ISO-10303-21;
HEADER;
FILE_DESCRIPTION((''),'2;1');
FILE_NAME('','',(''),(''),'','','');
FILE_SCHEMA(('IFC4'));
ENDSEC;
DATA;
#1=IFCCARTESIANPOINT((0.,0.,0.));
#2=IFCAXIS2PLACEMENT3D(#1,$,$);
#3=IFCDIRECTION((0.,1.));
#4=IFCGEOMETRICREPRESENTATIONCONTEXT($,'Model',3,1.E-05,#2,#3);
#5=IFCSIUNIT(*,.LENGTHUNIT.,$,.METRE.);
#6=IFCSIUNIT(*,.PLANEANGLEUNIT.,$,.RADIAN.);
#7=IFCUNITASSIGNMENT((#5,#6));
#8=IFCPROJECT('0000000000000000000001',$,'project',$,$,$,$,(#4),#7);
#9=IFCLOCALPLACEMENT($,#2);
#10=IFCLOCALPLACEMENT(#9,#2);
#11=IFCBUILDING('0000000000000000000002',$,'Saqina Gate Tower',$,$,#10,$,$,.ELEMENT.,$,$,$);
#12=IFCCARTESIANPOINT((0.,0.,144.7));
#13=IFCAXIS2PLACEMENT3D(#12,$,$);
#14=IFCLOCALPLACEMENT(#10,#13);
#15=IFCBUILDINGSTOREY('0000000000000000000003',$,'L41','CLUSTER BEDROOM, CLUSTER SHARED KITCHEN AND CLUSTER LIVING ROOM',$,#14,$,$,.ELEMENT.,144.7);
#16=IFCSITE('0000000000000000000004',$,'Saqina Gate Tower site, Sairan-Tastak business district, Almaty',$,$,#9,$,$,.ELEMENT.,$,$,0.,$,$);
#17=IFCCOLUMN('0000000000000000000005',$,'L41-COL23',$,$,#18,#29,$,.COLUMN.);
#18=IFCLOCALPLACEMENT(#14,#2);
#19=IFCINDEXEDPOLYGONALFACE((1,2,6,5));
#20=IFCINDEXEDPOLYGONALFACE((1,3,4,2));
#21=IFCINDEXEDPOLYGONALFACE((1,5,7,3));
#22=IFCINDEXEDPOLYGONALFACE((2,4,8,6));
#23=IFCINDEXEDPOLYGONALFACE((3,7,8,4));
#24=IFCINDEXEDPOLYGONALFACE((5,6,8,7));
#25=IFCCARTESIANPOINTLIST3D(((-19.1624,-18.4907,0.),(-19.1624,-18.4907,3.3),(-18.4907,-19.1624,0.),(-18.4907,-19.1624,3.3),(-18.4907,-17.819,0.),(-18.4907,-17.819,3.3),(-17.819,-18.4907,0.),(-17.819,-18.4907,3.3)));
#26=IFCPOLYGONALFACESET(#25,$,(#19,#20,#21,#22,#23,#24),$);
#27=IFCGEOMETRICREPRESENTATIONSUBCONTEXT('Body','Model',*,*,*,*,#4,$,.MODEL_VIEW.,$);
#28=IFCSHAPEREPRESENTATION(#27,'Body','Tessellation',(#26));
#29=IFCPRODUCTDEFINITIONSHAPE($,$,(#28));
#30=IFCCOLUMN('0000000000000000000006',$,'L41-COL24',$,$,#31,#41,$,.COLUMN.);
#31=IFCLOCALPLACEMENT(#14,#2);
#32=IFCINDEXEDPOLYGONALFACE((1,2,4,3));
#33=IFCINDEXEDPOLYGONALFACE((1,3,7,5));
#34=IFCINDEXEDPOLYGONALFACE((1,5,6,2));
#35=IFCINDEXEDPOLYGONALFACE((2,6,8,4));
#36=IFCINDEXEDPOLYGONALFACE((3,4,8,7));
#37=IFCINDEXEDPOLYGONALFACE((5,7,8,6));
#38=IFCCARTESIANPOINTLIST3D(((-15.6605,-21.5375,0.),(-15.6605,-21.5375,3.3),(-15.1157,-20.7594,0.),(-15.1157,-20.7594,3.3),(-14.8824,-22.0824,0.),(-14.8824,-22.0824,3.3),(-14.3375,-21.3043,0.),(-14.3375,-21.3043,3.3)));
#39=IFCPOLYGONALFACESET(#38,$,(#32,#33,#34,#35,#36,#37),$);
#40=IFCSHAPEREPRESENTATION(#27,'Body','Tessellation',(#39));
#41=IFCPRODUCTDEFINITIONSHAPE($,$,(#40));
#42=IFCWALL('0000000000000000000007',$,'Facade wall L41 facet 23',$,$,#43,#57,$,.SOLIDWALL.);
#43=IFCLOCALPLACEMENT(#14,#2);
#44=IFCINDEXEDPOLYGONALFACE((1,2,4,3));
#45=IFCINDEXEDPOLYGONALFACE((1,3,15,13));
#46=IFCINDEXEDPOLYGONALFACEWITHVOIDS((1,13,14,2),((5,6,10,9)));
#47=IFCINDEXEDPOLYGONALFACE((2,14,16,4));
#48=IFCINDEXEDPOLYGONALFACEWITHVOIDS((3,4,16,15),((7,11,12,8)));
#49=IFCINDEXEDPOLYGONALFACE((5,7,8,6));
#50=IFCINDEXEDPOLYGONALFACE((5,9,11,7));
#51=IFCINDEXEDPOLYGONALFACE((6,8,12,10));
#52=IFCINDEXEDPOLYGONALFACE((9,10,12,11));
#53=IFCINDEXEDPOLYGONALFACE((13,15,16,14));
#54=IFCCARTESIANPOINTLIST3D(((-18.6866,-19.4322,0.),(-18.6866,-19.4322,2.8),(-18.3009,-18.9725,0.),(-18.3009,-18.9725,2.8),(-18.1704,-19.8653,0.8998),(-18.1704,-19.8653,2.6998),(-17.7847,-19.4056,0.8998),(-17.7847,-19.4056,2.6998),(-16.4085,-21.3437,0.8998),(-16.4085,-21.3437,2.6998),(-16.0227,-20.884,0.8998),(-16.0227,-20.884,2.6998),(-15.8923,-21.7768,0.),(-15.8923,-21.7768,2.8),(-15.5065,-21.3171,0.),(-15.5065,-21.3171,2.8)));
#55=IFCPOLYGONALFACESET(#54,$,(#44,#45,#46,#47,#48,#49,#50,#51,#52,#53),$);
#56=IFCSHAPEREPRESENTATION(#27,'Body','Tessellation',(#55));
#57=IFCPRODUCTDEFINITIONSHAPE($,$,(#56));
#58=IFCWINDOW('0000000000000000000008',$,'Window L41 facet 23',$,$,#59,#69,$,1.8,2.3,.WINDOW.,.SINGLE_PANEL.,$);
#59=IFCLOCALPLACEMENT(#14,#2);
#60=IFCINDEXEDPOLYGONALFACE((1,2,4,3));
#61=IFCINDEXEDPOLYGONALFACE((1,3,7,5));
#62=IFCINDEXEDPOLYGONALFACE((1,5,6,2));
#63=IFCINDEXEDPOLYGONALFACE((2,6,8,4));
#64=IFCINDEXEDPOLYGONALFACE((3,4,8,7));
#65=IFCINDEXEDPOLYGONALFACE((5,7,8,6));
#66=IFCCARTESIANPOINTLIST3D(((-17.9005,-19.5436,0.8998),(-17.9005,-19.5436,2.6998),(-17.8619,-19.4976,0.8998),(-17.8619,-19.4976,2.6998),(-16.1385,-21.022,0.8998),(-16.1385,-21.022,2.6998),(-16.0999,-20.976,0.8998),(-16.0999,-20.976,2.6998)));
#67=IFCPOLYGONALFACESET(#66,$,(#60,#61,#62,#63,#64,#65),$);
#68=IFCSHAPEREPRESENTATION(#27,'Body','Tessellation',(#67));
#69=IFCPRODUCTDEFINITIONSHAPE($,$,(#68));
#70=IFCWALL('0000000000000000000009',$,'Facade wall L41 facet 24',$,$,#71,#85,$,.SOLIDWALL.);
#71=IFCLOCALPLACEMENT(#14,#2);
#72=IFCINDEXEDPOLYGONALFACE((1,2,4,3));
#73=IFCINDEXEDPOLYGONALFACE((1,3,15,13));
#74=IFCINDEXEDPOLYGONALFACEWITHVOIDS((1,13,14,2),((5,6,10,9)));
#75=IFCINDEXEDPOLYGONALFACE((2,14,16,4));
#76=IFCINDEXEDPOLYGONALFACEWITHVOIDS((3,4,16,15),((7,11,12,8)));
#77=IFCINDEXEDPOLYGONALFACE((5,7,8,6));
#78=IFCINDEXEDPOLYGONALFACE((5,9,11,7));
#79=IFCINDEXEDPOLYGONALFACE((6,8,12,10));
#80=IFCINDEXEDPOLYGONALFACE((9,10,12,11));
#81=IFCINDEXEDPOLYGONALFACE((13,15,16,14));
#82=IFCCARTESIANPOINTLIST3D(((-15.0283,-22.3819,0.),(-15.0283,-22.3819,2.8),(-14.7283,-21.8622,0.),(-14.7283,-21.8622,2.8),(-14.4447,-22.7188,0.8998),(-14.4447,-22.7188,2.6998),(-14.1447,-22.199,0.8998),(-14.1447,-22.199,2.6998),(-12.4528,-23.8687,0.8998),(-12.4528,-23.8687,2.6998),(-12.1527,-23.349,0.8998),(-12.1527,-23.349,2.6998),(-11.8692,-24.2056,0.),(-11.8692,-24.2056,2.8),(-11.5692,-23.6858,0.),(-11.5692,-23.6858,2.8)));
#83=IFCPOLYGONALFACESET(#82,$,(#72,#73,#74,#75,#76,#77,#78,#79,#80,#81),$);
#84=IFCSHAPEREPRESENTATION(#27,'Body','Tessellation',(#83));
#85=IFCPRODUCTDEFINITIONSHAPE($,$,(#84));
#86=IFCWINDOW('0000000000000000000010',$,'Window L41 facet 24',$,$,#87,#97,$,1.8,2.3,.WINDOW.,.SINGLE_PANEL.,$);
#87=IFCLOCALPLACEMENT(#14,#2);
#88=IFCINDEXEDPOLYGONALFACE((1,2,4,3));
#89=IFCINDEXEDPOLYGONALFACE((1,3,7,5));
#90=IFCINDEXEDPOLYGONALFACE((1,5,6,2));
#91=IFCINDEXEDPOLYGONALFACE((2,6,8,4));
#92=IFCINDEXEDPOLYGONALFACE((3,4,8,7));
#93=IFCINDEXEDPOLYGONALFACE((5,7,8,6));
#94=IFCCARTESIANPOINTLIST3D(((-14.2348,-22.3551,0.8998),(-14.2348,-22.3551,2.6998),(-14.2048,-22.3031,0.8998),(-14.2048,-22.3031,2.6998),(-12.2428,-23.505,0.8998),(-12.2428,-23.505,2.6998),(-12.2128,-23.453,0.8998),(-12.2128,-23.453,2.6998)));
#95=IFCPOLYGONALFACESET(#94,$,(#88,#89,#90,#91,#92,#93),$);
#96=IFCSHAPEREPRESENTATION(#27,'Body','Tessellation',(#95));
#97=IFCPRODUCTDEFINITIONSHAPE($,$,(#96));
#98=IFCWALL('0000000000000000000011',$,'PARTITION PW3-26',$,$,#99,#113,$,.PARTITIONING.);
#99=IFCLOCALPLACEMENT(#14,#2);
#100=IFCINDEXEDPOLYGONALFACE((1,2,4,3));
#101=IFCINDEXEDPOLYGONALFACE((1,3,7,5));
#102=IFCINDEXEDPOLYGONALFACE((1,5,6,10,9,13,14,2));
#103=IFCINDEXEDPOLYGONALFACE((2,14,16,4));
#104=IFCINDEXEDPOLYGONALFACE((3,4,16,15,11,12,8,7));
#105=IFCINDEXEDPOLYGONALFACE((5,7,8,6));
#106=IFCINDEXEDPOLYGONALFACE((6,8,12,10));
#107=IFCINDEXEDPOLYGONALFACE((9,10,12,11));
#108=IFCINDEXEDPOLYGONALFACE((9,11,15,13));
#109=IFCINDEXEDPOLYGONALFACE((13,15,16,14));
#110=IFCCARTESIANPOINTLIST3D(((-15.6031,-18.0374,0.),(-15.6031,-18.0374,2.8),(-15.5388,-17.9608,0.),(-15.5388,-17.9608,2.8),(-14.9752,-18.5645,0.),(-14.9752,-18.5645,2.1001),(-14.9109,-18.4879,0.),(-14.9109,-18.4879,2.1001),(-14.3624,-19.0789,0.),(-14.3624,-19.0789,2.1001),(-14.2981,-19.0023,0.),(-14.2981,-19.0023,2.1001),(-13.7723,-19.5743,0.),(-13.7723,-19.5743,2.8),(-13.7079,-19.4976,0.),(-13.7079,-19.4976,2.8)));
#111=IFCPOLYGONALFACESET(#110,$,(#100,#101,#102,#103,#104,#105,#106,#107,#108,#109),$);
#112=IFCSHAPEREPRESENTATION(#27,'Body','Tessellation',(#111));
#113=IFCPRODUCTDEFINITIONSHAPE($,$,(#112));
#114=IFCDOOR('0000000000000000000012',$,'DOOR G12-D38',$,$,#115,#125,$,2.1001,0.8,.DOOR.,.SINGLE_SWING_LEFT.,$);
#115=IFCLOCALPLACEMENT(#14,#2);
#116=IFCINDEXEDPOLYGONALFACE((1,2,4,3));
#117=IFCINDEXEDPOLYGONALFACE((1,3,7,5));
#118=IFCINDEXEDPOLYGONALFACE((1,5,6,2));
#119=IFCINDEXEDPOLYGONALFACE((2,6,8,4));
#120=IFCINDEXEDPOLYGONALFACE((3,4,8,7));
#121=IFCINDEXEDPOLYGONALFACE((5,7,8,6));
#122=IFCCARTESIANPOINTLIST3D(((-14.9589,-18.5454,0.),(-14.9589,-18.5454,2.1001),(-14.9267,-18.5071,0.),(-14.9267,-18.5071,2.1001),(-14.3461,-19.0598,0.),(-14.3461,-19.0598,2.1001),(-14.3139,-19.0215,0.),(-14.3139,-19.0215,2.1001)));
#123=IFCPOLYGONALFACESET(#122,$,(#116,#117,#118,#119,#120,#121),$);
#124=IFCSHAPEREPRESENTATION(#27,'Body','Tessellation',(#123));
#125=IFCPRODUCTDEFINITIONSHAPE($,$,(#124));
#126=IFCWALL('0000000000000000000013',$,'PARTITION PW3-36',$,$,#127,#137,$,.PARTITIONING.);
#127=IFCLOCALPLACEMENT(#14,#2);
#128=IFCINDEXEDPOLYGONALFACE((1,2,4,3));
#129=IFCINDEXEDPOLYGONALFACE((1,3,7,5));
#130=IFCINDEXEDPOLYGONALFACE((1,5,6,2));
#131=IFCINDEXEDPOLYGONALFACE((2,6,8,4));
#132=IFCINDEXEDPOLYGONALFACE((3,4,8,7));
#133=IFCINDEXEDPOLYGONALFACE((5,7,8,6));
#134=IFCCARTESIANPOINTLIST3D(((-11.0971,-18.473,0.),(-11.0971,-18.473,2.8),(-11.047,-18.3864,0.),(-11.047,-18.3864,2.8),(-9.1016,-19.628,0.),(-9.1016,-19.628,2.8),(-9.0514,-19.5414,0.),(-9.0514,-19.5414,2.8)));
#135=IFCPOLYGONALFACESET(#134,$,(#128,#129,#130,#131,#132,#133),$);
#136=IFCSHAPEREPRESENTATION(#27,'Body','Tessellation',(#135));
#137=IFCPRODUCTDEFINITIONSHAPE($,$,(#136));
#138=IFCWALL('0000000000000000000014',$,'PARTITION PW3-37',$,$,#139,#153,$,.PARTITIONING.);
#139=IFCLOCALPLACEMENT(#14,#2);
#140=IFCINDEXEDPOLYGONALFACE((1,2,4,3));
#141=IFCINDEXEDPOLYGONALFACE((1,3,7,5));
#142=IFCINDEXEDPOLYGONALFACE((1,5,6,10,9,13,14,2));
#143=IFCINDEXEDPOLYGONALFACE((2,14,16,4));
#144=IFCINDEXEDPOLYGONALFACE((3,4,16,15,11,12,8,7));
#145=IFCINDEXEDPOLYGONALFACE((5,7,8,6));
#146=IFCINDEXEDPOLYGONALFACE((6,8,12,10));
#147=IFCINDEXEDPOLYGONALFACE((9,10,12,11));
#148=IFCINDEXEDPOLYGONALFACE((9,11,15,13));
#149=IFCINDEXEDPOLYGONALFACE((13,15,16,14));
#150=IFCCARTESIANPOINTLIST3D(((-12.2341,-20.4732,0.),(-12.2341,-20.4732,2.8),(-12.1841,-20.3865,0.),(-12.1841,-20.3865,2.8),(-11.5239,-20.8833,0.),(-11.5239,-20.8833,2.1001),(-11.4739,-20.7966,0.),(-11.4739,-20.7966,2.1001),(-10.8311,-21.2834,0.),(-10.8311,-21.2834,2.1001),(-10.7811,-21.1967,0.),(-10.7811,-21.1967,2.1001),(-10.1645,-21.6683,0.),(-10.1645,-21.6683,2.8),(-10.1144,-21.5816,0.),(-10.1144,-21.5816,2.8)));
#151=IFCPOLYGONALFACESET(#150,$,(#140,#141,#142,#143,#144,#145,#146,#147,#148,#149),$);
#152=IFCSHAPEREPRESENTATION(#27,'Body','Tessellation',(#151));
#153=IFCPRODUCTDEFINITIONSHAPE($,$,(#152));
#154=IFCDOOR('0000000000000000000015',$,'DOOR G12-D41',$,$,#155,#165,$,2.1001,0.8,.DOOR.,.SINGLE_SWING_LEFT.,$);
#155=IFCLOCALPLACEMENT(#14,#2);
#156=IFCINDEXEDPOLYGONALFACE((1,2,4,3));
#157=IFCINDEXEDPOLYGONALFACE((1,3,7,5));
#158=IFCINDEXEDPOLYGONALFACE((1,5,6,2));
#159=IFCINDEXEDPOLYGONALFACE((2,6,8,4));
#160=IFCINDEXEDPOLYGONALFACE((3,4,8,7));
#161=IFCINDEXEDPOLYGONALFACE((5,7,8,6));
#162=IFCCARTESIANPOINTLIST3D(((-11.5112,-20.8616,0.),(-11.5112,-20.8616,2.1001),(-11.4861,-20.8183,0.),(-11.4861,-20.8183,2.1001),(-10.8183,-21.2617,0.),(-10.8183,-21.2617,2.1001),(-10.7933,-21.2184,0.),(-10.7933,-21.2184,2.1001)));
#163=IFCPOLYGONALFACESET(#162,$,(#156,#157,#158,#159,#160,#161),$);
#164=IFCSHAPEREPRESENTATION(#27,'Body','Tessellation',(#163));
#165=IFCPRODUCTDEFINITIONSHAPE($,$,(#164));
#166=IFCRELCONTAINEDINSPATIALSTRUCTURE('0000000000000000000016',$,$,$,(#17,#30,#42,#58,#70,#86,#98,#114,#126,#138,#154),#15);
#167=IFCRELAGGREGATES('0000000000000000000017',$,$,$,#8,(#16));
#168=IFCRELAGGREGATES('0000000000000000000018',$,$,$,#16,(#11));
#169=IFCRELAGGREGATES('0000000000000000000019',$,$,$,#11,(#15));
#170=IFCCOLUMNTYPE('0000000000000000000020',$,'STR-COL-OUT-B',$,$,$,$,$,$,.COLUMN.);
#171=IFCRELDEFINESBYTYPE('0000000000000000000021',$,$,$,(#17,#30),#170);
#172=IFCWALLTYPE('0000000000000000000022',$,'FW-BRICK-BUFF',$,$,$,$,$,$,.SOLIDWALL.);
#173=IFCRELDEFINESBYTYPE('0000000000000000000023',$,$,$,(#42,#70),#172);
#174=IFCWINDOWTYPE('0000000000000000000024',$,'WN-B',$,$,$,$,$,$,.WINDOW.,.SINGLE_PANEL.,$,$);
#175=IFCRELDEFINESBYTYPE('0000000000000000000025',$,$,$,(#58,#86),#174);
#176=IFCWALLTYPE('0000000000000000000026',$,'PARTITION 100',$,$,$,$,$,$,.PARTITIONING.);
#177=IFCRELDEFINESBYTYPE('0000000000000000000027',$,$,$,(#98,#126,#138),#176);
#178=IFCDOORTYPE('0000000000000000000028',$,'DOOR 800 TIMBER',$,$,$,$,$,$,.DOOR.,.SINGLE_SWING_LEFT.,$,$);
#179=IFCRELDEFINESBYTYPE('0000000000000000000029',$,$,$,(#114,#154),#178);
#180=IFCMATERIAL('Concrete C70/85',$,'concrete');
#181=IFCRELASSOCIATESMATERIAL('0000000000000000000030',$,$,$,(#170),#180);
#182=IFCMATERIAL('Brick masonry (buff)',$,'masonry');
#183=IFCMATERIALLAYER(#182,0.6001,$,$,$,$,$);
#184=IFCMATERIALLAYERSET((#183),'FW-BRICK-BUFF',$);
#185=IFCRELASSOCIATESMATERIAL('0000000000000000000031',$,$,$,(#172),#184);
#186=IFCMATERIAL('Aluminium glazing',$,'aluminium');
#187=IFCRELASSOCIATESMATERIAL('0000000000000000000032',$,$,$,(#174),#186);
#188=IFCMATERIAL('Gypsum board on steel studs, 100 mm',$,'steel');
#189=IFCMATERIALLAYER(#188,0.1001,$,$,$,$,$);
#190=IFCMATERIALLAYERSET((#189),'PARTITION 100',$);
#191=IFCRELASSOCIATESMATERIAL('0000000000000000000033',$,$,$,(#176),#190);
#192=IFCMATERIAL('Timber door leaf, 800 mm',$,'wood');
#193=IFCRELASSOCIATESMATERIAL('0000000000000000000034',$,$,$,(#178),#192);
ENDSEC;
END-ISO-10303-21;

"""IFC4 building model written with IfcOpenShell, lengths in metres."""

from ifc_helpers import new_model, si_unit, direction, frame, frame_2d, origin, origin_2d, place, context, subcontext, project, spatial, rectangle, extrude, material, layer, layer_set, material_profile, profile_set, type_object, element, fill, save


model = new_model("IFC4")

# Units and contexts
model_context = context("Model", 3, precision=1e-05, world=origin(), true_north=direction((0.0, 1.0)))
body_context = subcontext(model_context, "Body", "Model", "MODEL_VIEW")
ifc_project = project(units=[si_unit("LENGTHUNIT", "METRE"), si_unit("PLANEANGLEUNIT", "RADIAN")], contexts=[model_context])

# Site, building, storey
site_placement = place(None, origin())
site = spatial("IfcSite", under=ifc_project, at=site_placement, Name="Saqina Gate Tower site, Sairan-Tastak business district, Almaty", CompositionType="ELEMENT", RefElevation=0.0)
building_placement = place(site_placement, origin())
building = spatial("IfcBuilding", under=site, at=building_placement, Name="Saqina Gate Tower", CompositionType="ELEMENT")
storey_placement = place(building_placement, frame((0.0, 0.0, 144.7)))
storey = spatial("IfcBuildingStorey", under=building, at=storey_placement, Name="L41", Description="CLUSTER BEDROOM, CLUSTER SHARED KITCHEN AND CLUSTER LIVING ROOM", CompositionType="ELEMENT", Elevation=144.7)

# Columns
ifc_material_1 = material(Name="Concrete C70/85", Category="concrete")
ifc_material_profile = material_profile(ifc_material_1, rectangle(XDim=0.95, YDim=0.95, at=origin_2d()), Name="RC 950x950")
ifc_profile_set = profile_set([ifc_material_profile], Name="Concrete C70/85")
column_type = type_object("IfcColumnType", Name="STR-COL-OUT-B", PredefinedType="COLUMN", material=ifc_profile_set)
for number, where, z_axis, x_axis, name in (
    (1, (-18.4907, -18.4907, 0.0), (0.0, 0.0, 1.0), (-0.707107, -0.707107, 0.0), "L41-COL23"),
    (2, (-14.999, -21.4209, 0.0), (0.0, 0.0, 1.0), (-0.573576, -0.819152, 0.0), "L41-COL24"),
):
    element("IfcColumn", number, at=place(storey_placement, frame(where, z_axis=z_axis, x_axis=x_axis)), inside=storey, type_object=column_type, Name=name, PredefinedType="COLUMN", context=body_context, shape_type="SweptSolid", body=[
        extrude(rectangle(XDim=0.95, YDim=0.95, at=origin_2d()), origin(), (0.0, 0.0, 1.0), 3.3),
    ])

# Walls, openings, windows
ifc_material_2 = material(Name="Brick masonry (buff)", Category="masonry")
ifc_layer_1 = layer(ifc_material_2, 0.6001)
ifc_layer_set_1 = layer_set([ifc_layer_1], Name="FW-BRICK-BUFF")
wall_type_1 = type_object("IfcWallType", Name="FW-BRICK-BUFF", PredefinedType="SOLIDWALL", material=ifc_layer_set_1)
wall_1_placement = place(storey_placement, frame((-18.4937, -19.2024, 0.0), z_axis=(0.0, 0.0, 1.0), x_axis=(0.766055, -0.642774, 0.0)))
wall_1 = element("IfcWall", 3, at=wall_1_placement, inside=storey, type_object=wall_type_1, Name="Facade wall L41 facet 23", PredefinedType="SOLIDWALL", context=body_context, shape_type="SweptSolid", body=[
    extrude(rectangle(XDim=3.6477, YDim=0.6001, at=frame_2d((1.8237, 0.0))), origin(), (0.0, 0.0, 1.0), 2.8),
])
opening_1_placement = place(wall_1_placement, frame((0.6738, 0.0, 0.8999)))
opening_1 = element("IfcOpeningElement", 4, at=opening_1_placement, cuts=wall_1, PredefinedType="OPENING", context=body_context, shape_type="SweptSolid", body=[
    extrude(rectangle(XDim=2.3, YDim=1.8, at=frame_2d((1.1499, 0.8999))), frame((0.0, 0.312, 0.0), z_axis=(0.0, -1.0, 0.0), x_axis=(1.0, 0.0, 0.0)), (0.0, 0.0, 1.0), 0.624),
])
ifc_material_3 = material(Name="Aluminium glazing", Category="aluminium")
window_type = type_object("IfcWindowType", Name="WN-B", PartitioningType="SINGLE_PANEL", PredefinedType="WINDOW", material=ifc_material_3)
window_1_placement = place(opening_1_placement, origin())
window_1 = element("IfcWindow", 5, at=window_1_placement, inside=storey, type_object=window_type, Name="Window L41 facet 23", OverallHeight=1.8, OverallWidth=2.3, PartitioningType="SINGLE_PANEL", PredefinedType="WINDOW", context=body_context, shape_type="SweptSolid", body=[
    extrude(rectangle(XDim=2.3, YDim=1.8, at=frame_2d((1.1499, 0.8999))), frame((0.0, 0.1799, 0.0), z_axis=(0.0, -1.0, 0.0), x_axis=(1.0, 0.0, 0.0)), (0.0, 0.0, 1.0), 0.0601),
])
fill(opening_1, window_1)
wall_2_placement = place(storey_placement, frame((-14.8782, -22.1221, 0.0), z_axis=(0.0, 0.0, 1.0), x_axis=(0.866052, -0.499954, 0.0)))
wall_2 = element("IfcWall", 6, at=wall_2_placement, inside=storey, type_object=wall_type_1, Name="Facade wall L41 facet 24", PredefinedType="SOLIDWALL", context=body_context, shape_type="SweptSolid", body=[
    extrude(rectangle(XDim=3.6477, YDim=0.6001, at=frame_2d((1.8237, 0.0))), origin(), (0.0, 0.0, 1.0), 2.8),
])
opening_2_placement = place(wall_2_placement, frame((0.6738, 0.0, 0.8999)))
opening_2 = element("IfcOpeningElement", 7, at=opening_2_placement, cuts=wall_2, PredefinedType="OPENING", context=body_context, shape_type="SweptSolid", body=[
    extrude(rectangle(XDim=2.3, YDim=1.8, at=frame_2d((1.1499, 0.8999))), frame((0.0, 0.312, 0.0), z_axis=(0.0, -1.0, 0.0), x_axis=(1.0, 0.0, 0.0)), (0.0, 0.0, 1.0), 0.624),
])
window_2_placement = place(opening_2_placement, origin())
window_2 = element("IfcWindow", 8, at=window_2_placement, inside=storey, type_object=window_type, Name="Window L41 facet 24", OverallHeight=1.8, OverallWidth=2.3, PartitioningType="SINGLE_PANEL", PredefinedType="WINDOW", context=body_context, shape_type="SweptSolid", body=[
    extrude(rectangle(XDim=2.3, YDim=1.8, at=frame_2d((1.1499, 0.8999))), frame((0.0, 0.1799, 0.0), z_axis=(0.0, -1.0, 0.0), x_axis=(1.0, 0.0, 0.0)), (0.0, 0.0, 1.0), 0.0601),
])
fill(opening_2, window_2)

# Wall, opening, door
ifc_material_4 = material(Name="Gypsum board on steel studs, 100 mm", Category="steel")
ifc_layer_2 = layer(ifc_material_4, 0.1001)
ifc_layer_set_2 = layer_set([ifc_layer_2], Name="PARTITION 100")
wall_type_2 = type_object("IfcWallType", Name="PARTITION 100", PredefinedType="PARTITIONING", material=ifc_layer_set_2)
wall_3_placement = place(storey_placement, frame((-15.571, -17.999, 0.0), z_axis=(0.0, 0.0, 1.0), x_axis=(0.765914, -0.642943, 0.0)))
wall_3 = element("IfcWall", 9, at=wall_3_placement, inside=storey, type_object=wall_type_2, Name="PARTITION PW3-26", PredefinedType="PARTITIONING", context=body_context, shape_type="SweptSolid", body=[
    extrude(rectangle(XDim=2.3904, YDim=0.1001, at=frame_2d((1.1953, 0.0))), origin(), (0.0, 0.0, 1.0), 2.8),
])
opening_3_placement = place(wall_3_placement, frame((0.8201, 0.0, 0.0)))
opening_3 = element("IfcOpeningElement", 10, at=opening_3_placement, cuts=wall_3, PredefinedType="OPENING", context=body_context, shape_type="SweptSolid", body=[
    extrude(rectangle(XDim=0.8, YDim=2.1001, at=frame_2d((0.3999, 1.05))), frame((0.0, 0.062, 0.0), z_axis=(0.0, -1.0, 0.0), x_axis=(1.0, 0.0, 0.0)), (0.0, 0.0, 1.0), 0.124),
])
ifc_material_5 = material(Name="Timber door leaf, 800 mm", Category="wood")
door_type_1 = type_object("IfcDoorType", Name="DOOR 800 TIMBER", OperationType="SINGLE_SWING_LEFT", PredefinedType="DOOR", material=ifc_material_5)
door_1_placement = place(opening_3_placement, frame((0.8, 0.0, 0.0), z_axis=(0.0, 0.0, 1.0), x_axis=(-1.0, 0.0, 0.0)))
door_1 = element("IfcDoor", 11, at=door_1_placement, inside=storey, type_object=door_type_1, Name="DOOR G12-D38", OperationType="SINGLE_SWING_LEFT", OverallHeight=2.1001, OverallWidth=0.8, PredefinedType="DOOR", context=body_context, shape_type="SweptSolid", body=[
    extrude(rectangle(XDim=0.8, YDim=2.1001, at=frame_2d((0.3999, 1.05))), frame((0.0, 0.0249, 0.0), z_axis=(0.0, -1.0, 0.0), x_axis=(1.0, 0.0, 0.0)), (0.0, 0.0, 1.0), 0.05),
])
fill(opening_3, door_1)

# Wall
wall_4_placement = place(storey_placement, frame((-11.072, -18.4297, 0.0), z_axis=(0.0, 0.0, 1.0), x_axis=(0.865487, -0.500932, 0.0)))
element("IfcWall", 12, at=wall_4_placement, inside=storey, type_object=wall_type_2, Name="PARTITION PW3-36", PredefinedType="PARTITIONING", context=body_context, shape_type="SweptSolid", body=[
    extrude(rectangle(XDim=2.3057, YDim=0.1001, at=frame_2d((1.1528, 0.0))), origin(), (0.0, 0.0, 1.0), 2.8),
])

# Wall, opening, door
wall_5_placement = place(storey_placement, frame((-12.209, -20.4299, 0.0), z_axis=(0.0, 0.0, 1.0), x_axis=(0.86599, -0.500061, 0.0)))
wall_5 = element("IfcWall", 13, at=wall_5_placement, inside=storey, type_object=wall_type_2, Name="PARTITION PW3-37", PredefinedType="PARTITIONING", context=body_context, shape_type="SweptSolid", body=[
    extrude(rectangle(XDim=2.3899, YDim=0.1001, at=frame_2d((1.1948, 0.0))), origin(), (0.0, 0.0, 1.0), 2.8),
])
opening_4_placement = place(wall_5_placement, frame((0.8201, 0.0, 0.0)))
opening_4 = element("IfcOpeningElement", 14, at=opening_4_placement, cuts=wall_5, PredefinedType="OPENING", context=body_context, shape_type="SweptSolid", body=[
    extrude(rectangle(XDim=0.8, YDim=2.1001, at=frame_2d((0.3999, 1.05))), frame((0.0, 0.062, 0.0), z_axis=(0.0, -1.0, 0.0), x_axis=(1.0, 0.0, 0.0)), (0.0, 0.0, 1.0), 0.124),
])
door_2_placement = place(opening_4_placement, frame((0.8, 0.0, 0.0), z_axis=(0.0, 0.0, 1.0), x_axis=(-1.0, 0.0, 0.0)))
door_2 = element("IfcDoor", 15, at=door_2_placement, inside=storey, type_object=door_type_1, Name="DOOR G12-D41", OperationType="SINGLE_SWING_LEFT", OverallHeight=2.1001, OverallWidth=0.8, PredefinedType="DOOR", context=body_context, shape_type="SweptSolid", body=[
    extrude(rectangle(XDim=0.8, YDim=2.1001, at=frame_2d((0.3999, 1.05))), frame((0.0, 0.0249, 0.0), z_axis=(0.0, -1.0, 0.0), x_axis=(1.0, 0.0, 0.0)), (0.0, 0.0, 1.0), 0.05),
])
fill(opening_4, door_2)

save(model, "model.ifc")
